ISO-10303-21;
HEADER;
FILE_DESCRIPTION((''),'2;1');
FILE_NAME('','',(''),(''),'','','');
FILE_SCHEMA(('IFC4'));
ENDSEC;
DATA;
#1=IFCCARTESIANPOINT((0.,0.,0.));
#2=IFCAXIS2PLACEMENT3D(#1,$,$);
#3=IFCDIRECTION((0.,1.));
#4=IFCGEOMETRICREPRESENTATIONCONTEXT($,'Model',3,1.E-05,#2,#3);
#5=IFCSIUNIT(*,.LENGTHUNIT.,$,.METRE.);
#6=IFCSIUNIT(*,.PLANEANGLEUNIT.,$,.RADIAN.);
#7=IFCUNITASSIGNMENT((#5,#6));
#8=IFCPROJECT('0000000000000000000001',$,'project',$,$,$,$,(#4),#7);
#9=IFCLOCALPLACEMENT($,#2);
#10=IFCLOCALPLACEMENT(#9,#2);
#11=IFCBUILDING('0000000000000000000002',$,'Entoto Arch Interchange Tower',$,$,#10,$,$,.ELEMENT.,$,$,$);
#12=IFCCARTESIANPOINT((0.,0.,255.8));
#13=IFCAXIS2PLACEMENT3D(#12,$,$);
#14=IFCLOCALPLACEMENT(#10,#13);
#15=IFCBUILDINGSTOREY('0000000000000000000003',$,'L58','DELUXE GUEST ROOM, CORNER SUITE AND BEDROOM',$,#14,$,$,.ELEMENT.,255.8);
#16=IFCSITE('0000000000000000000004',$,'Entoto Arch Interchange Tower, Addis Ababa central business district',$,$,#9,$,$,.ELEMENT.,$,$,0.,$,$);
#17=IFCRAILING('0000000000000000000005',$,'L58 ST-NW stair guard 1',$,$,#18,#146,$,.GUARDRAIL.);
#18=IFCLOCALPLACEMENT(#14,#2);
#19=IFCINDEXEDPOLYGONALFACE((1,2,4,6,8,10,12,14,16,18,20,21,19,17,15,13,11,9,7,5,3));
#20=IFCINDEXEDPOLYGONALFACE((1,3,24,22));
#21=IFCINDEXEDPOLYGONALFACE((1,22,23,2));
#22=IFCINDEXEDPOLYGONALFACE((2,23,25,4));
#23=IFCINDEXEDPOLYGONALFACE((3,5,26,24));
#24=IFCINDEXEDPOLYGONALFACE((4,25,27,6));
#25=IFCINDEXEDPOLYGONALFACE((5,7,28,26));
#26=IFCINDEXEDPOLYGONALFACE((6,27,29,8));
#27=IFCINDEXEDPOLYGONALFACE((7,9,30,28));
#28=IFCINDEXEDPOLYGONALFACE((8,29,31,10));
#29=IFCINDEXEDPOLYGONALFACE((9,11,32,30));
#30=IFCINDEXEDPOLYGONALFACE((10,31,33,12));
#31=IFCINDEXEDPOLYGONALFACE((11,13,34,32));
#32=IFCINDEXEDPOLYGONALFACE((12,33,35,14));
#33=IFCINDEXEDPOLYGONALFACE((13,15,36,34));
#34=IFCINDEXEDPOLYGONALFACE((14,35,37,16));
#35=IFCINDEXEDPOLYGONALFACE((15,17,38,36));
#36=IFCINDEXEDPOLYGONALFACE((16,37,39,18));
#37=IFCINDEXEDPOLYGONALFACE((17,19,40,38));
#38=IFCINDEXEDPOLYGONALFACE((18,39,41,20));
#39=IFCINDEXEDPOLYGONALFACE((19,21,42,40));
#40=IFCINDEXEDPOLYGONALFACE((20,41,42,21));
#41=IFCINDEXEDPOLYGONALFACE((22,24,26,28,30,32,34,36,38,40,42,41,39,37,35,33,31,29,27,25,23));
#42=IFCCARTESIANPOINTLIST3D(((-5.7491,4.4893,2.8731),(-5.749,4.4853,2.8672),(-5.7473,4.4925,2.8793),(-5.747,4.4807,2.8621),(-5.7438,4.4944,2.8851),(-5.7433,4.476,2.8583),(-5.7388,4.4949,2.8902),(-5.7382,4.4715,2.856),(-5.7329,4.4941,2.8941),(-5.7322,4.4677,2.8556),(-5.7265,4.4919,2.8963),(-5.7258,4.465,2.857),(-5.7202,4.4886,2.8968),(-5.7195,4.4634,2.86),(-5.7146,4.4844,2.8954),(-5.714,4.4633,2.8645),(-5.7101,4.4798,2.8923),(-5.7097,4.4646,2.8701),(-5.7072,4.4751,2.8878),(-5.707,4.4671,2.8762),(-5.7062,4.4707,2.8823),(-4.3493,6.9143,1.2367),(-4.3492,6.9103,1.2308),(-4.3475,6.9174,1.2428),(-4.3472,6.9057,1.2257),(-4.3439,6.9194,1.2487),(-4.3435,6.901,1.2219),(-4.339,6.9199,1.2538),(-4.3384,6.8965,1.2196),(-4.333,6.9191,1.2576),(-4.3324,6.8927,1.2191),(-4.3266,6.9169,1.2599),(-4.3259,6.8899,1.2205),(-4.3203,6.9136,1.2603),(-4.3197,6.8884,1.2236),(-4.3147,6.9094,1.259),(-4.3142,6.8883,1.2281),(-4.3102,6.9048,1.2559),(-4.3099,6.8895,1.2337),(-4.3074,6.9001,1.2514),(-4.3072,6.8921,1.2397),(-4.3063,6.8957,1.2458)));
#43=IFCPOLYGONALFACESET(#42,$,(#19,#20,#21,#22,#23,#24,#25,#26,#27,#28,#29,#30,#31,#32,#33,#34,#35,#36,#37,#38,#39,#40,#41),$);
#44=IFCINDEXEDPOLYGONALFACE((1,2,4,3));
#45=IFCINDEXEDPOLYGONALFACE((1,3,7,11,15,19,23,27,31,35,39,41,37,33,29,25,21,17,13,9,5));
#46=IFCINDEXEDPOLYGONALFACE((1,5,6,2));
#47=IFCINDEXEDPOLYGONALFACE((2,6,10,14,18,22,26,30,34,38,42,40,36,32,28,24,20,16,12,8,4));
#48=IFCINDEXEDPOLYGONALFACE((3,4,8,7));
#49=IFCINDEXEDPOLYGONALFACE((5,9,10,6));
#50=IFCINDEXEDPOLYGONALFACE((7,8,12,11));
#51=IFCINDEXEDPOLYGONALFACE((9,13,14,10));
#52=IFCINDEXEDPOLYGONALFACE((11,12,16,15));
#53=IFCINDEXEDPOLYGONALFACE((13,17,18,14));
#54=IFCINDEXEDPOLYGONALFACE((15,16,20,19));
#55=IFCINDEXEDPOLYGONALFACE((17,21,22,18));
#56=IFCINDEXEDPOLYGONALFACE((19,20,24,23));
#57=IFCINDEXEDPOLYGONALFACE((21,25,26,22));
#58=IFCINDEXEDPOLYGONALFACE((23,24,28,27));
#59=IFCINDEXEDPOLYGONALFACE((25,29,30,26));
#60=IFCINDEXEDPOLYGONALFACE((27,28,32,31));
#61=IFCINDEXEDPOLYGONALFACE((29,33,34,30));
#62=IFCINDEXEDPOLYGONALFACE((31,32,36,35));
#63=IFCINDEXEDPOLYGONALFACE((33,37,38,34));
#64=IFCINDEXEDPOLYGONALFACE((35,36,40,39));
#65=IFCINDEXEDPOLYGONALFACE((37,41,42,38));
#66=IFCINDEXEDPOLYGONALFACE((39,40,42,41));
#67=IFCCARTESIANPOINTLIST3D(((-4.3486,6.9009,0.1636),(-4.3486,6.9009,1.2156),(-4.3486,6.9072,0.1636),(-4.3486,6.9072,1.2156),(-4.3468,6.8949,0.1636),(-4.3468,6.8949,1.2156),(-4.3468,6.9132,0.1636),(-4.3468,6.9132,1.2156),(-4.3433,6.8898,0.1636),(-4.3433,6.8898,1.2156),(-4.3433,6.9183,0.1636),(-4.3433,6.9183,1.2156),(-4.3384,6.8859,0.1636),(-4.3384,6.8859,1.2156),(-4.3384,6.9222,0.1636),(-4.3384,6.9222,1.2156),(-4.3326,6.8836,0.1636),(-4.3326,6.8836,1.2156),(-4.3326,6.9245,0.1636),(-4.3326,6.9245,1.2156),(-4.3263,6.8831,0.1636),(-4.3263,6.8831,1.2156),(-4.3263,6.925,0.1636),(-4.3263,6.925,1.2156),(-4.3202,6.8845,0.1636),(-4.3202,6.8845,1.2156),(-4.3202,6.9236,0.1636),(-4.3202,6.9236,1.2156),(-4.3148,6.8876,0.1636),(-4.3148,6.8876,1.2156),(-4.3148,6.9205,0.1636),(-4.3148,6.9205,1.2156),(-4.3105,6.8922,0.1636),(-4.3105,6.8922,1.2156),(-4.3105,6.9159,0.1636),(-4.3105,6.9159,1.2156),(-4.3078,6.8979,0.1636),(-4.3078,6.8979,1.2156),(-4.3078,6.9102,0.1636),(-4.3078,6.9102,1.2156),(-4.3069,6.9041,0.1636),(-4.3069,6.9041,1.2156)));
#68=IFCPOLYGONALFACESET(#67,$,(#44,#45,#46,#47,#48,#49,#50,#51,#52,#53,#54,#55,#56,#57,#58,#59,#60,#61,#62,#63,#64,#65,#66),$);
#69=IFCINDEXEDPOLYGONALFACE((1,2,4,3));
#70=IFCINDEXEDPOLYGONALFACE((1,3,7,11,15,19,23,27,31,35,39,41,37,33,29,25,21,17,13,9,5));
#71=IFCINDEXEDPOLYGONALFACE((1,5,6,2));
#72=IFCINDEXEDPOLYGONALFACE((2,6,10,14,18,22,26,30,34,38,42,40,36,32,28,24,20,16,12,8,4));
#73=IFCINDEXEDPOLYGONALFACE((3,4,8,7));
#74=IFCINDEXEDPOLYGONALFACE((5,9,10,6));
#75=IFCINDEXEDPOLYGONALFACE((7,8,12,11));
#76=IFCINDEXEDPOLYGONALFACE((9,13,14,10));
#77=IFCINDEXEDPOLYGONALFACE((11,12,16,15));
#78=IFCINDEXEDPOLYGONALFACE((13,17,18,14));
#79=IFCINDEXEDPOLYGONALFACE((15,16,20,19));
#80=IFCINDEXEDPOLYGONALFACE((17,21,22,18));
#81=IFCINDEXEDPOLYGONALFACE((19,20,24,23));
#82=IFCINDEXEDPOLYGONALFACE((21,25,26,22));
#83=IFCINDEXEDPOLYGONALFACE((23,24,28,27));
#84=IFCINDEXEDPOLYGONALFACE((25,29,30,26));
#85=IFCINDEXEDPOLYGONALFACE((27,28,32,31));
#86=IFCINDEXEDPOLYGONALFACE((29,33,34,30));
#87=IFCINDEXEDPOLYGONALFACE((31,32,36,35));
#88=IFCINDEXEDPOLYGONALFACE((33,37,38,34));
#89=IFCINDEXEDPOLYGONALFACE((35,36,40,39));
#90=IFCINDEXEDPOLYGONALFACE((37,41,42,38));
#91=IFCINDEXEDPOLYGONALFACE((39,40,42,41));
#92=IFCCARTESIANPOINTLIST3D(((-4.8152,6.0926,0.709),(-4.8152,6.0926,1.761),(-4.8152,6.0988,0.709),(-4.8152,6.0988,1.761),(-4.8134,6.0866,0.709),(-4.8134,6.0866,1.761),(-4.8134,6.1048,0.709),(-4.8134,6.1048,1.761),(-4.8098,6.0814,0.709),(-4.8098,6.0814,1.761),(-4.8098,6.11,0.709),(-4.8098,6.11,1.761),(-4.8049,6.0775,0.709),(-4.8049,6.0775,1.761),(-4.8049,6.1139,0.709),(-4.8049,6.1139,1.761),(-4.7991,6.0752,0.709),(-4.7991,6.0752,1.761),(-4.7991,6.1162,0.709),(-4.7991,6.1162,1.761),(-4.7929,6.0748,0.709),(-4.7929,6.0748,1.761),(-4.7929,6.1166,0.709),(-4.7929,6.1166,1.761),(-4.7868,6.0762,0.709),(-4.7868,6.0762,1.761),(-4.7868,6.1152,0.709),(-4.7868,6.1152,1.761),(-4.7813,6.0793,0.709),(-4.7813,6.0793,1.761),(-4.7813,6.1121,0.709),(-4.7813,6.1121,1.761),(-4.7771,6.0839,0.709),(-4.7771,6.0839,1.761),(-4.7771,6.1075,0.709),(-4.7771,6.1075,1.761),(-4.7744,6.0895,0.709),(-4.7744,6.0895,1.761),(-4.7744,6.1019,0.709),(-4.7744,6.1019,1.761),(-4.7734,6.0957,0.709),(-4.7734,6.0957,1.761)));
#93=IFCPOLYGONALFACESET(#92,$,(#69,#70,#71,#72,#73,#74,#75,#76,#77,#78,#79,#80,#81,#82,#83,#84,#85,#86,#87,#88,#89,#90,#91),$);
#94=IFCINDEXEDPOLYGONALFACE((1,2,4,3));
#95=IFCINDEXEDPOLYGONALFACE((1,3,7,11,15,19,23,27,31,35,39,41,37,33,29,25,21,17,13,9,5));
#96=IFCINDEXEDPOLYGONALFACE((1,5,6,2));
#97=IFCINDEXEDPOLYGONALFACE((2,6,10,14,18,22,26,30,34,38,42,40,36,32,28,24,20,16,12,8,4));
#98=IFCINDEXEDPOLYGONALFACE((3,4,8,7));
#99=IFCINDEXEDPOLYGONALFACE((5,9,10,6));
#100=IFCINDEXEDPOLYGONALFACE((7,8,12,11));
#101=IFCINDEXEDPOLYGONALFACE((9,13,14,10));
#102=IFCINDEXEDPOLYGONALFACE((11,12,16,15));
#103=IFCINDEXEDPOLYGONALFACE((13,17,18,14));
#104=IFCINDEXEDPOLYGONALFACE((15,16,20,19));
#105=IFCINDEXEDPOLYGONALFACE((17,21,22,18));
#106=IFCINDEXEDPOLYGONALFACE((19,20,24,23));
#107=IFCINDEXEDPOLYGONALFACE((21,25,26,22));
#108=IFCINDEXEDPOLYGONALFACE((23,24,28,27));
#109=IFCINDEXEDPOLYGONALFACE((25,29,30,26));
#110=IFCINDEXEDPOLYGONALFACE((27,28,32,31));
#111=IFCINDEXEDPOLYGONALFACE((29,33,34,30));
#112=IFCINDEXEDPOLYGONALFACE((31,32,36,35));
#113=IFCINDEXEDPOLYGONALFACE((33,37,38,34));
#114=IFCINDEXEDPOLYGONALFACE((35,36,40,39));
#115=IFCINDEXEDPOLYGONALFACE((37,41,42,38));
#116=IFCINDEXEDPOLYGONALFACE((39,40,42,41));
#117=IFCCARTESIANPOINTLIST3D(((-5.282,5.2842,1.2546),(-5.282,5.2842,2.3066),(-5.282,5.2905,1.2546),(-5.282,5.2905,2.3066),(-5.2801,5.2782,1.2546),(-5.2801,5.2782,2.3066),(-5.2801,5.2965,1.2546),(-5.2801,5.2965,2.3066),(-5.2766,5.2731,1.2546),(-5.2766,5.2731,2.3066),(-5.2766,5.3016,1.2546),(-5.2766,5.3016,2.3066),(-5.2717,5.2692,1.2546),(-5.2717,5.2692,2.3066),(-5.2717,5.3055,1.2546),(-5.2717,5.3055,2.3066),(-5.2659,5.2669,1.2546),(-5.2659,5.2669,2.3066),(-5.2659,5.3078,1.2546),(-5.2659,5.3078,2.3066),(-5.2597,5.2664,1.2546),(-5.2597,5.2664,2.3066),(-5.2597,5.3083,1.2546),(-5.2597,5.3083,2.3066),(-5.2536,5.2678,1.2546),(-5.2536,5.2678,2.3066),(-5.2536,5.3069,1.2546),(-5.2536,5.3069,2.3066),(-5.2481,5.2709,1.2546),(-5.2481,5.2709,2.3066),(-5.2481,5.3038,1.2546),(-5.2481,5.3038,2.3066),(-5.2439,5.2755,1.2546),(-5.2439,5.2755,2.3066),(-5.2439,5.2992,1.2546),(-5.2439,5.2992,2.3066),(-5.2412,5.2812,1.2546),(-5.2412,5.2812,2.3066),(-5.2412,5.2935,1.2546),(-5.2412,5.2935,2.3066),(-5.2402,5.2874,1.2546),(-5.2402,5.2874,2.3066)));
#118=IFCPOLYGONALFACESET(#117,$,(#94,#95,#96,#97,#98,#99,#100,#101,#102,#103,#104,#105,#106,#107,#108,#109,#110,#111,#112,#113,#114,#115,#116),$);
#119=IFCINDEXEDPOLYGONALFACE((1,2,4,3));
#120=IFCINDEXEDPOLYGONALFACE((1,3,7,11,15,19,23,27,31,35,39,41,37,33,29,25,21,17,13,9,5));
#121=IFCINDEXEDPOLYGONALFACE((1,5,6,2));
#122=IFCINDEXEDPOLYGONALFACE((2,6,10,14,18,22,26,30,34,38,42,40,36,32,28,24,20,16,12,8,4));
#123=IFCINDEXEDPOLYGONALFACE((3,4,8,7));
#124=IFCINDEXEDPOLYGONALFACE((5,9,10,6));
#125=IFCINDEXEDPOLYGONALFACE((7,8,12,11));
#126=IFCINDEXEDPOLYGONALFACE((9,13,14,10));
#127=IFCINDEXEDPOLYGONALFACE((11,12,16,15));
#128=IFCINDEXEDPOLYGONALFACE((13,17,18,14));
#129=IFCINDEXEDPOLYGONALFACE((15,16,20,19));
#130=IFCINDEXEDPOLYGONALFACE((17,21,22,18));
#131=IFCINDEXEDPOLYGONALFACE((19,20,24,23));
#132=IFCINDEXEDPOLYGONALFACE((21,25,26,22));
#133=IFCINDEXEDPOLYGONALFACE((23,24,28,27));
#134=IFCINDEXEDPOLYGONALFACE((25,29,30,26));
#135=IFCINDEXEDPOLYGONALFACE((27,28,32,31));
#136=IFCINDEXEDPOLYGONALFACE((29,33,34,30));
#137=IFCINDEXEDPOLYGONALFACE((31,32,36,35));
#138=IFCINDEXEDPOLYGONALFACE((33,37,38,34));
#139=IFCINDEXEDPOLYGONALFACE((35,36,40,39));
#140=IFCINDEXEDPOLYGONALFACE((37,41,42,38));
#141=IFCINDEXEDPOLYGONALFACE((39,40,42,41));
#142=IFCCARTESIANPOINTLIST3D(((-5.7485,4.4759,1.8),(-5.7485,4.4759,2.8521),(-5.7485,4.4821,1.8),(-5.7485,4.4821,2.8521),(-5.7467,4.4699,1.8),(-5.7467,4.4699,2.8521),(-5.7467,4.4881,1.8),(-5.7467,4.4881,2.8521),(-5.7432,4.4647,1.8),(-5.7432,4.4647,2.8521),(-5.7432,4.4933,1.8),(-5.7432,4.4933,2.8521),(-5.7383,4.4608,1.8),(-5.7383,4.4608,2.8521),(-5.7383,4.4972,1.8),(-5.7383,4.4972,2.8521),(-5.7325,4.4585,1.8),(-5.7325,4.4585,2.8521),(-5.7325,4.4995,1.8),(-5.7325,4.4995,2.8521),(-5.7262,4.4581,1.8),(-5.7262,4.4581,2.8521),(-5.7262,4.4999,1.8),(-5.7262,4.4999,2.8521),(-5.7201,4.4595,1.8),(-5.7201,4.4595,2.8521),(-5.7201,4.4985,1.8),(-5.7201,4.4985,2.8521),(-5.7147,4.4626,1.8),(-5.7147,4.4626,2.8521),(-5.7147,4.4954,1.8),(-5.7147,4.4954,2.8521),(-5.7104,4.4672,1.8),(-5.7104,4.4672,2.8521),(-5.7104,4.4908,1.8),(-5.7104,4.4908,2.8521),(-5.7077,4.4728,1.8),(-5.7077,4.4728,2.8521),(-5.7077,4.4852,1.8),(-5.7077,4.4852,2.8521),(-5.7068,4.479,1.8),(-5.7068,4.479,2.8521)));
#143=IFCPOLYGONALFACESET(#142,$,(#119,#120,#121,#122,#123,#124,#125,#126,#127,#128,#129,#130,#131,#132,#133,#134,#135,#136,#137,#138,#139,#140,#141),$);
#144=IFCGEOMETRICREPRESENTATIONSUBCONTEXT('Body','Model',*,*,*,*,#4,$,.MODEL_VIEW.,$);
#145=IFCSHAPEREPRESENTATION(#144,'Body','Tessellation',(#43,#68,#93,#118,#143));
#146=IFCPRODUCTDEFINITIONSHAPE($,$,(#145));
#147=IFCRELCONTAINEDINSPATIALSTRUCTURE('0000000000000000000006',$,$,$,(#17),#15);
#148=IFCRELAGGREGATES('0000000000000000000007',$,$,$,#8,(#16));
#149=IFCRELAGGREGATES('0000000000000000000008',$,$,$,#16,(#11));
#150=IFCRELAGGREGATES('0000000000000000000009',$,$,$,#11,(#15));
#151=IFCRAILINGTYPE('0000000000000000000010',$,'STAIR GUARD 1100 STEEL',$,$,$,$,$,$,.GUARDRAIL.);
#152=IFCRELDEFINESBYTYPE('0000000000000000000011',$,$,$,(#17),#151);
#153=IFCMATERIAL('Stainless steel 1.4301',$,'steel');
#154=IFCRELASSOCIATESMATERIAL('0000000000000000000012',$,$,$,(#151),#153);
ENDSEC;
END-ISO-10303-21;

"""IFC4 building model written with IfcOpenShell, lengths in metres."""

from ifc_helpers import new_model, si_unit, direction, frame, origin, origin_2d, place, context, subcontext, project, spatial, circle, extrude, material, type_object, element, save


model = new_model("IFC4")

# Units and contexts
model_context = context("Model", 3, precision=1e-05, world=origin(), true_north=direction((0.0, 1.0)))
body_context = subcontext(model_context, "Body", "Model", "MODEL_VIEW")
ifc_project = project(units=[si_unit("LENGTHUNIT", "METRE"), si_unit("PLANEANGLEUNIT", "RADIAN")], contexts=[model_context])

# Site, building, storey
site_placement = place(None, origin())
site = spatial("IfcSite", under=ifc_project, at=site_placement, Name="Entoto Arch Interchange Tower, Addis Ababa central business district", CompositionType="ELEMENT", RefElevation=0.0)
building_placement = place(site_placement, origin())
building = spatial("IfcBuilding", under=site, at=building_placement, Name="Entoto Arch Interchange Tower", CompositionType="ELEMENT")
storey_placement = place(building_placement, frame((0.0, 0.0, 255.8)))
storey = spatial("IfcBuildingStorey", under=building, at=storey_placement, Name="L58", Description="DELUXE GUEST ROOM, CORNER SUITE AND BEDROOM", CompositionType="ELEMENT", Elevation=255.8)

# Railing
ifc_material_1 = material(Name="Stainless steel 1.4301", Category="steel")
railing_type_1 = type_object("IfcRailingType", Name="STAIR GUARD 1100 STEEL", PredefinedType="GUARDRAIL", material=ifc_material_1)
railing_1_placement = place(storey_placement, frame((-4.3279, 6.9041, 0.1636)))
element("IfcRailing", 1, at=railing_1_placement, inside=storey, type_object=railing_type_1, Name="L58 ST-NW stair guard 1", PredefinedType="GUARDRAIL", context=body_context, shape_type="SweptSolid", body=[
    extrude(circle(Radius=0.0239, at=origin_2d()), frame((0.0, 0.0, 1.0762), z_axis=(-0.431636, -0.747723, 0.504579), x_axis=(0.866056, -0.499946, 0.0)), (0.0, 0.0, 1.0), 3.2432),
    extrude(circle(Radius=0.021, at=origin_2d()), origin(), (0.0, 0.0, 1.0), 1.052),
    extrude(circle(Radius=0.021, at=origin_2d()), frame((-0.4666, -0.8083, 0.5454)), (0.0, 0.0, 1.0), 1.052),
    extrude(circle(Radius=0.021, at=origin_2d()), frame((-0.9333, -1.6167, 1.0911)), (0.0, 0.0, 1.0), 1.052),
    extrude(circle(Radius=0.021, at=origin_2d()), frame((-1.3999, -2.425, 1.6365)), (0.0, 0.0, 1.0), 1.052),
])

save(model, "model.ifc")
